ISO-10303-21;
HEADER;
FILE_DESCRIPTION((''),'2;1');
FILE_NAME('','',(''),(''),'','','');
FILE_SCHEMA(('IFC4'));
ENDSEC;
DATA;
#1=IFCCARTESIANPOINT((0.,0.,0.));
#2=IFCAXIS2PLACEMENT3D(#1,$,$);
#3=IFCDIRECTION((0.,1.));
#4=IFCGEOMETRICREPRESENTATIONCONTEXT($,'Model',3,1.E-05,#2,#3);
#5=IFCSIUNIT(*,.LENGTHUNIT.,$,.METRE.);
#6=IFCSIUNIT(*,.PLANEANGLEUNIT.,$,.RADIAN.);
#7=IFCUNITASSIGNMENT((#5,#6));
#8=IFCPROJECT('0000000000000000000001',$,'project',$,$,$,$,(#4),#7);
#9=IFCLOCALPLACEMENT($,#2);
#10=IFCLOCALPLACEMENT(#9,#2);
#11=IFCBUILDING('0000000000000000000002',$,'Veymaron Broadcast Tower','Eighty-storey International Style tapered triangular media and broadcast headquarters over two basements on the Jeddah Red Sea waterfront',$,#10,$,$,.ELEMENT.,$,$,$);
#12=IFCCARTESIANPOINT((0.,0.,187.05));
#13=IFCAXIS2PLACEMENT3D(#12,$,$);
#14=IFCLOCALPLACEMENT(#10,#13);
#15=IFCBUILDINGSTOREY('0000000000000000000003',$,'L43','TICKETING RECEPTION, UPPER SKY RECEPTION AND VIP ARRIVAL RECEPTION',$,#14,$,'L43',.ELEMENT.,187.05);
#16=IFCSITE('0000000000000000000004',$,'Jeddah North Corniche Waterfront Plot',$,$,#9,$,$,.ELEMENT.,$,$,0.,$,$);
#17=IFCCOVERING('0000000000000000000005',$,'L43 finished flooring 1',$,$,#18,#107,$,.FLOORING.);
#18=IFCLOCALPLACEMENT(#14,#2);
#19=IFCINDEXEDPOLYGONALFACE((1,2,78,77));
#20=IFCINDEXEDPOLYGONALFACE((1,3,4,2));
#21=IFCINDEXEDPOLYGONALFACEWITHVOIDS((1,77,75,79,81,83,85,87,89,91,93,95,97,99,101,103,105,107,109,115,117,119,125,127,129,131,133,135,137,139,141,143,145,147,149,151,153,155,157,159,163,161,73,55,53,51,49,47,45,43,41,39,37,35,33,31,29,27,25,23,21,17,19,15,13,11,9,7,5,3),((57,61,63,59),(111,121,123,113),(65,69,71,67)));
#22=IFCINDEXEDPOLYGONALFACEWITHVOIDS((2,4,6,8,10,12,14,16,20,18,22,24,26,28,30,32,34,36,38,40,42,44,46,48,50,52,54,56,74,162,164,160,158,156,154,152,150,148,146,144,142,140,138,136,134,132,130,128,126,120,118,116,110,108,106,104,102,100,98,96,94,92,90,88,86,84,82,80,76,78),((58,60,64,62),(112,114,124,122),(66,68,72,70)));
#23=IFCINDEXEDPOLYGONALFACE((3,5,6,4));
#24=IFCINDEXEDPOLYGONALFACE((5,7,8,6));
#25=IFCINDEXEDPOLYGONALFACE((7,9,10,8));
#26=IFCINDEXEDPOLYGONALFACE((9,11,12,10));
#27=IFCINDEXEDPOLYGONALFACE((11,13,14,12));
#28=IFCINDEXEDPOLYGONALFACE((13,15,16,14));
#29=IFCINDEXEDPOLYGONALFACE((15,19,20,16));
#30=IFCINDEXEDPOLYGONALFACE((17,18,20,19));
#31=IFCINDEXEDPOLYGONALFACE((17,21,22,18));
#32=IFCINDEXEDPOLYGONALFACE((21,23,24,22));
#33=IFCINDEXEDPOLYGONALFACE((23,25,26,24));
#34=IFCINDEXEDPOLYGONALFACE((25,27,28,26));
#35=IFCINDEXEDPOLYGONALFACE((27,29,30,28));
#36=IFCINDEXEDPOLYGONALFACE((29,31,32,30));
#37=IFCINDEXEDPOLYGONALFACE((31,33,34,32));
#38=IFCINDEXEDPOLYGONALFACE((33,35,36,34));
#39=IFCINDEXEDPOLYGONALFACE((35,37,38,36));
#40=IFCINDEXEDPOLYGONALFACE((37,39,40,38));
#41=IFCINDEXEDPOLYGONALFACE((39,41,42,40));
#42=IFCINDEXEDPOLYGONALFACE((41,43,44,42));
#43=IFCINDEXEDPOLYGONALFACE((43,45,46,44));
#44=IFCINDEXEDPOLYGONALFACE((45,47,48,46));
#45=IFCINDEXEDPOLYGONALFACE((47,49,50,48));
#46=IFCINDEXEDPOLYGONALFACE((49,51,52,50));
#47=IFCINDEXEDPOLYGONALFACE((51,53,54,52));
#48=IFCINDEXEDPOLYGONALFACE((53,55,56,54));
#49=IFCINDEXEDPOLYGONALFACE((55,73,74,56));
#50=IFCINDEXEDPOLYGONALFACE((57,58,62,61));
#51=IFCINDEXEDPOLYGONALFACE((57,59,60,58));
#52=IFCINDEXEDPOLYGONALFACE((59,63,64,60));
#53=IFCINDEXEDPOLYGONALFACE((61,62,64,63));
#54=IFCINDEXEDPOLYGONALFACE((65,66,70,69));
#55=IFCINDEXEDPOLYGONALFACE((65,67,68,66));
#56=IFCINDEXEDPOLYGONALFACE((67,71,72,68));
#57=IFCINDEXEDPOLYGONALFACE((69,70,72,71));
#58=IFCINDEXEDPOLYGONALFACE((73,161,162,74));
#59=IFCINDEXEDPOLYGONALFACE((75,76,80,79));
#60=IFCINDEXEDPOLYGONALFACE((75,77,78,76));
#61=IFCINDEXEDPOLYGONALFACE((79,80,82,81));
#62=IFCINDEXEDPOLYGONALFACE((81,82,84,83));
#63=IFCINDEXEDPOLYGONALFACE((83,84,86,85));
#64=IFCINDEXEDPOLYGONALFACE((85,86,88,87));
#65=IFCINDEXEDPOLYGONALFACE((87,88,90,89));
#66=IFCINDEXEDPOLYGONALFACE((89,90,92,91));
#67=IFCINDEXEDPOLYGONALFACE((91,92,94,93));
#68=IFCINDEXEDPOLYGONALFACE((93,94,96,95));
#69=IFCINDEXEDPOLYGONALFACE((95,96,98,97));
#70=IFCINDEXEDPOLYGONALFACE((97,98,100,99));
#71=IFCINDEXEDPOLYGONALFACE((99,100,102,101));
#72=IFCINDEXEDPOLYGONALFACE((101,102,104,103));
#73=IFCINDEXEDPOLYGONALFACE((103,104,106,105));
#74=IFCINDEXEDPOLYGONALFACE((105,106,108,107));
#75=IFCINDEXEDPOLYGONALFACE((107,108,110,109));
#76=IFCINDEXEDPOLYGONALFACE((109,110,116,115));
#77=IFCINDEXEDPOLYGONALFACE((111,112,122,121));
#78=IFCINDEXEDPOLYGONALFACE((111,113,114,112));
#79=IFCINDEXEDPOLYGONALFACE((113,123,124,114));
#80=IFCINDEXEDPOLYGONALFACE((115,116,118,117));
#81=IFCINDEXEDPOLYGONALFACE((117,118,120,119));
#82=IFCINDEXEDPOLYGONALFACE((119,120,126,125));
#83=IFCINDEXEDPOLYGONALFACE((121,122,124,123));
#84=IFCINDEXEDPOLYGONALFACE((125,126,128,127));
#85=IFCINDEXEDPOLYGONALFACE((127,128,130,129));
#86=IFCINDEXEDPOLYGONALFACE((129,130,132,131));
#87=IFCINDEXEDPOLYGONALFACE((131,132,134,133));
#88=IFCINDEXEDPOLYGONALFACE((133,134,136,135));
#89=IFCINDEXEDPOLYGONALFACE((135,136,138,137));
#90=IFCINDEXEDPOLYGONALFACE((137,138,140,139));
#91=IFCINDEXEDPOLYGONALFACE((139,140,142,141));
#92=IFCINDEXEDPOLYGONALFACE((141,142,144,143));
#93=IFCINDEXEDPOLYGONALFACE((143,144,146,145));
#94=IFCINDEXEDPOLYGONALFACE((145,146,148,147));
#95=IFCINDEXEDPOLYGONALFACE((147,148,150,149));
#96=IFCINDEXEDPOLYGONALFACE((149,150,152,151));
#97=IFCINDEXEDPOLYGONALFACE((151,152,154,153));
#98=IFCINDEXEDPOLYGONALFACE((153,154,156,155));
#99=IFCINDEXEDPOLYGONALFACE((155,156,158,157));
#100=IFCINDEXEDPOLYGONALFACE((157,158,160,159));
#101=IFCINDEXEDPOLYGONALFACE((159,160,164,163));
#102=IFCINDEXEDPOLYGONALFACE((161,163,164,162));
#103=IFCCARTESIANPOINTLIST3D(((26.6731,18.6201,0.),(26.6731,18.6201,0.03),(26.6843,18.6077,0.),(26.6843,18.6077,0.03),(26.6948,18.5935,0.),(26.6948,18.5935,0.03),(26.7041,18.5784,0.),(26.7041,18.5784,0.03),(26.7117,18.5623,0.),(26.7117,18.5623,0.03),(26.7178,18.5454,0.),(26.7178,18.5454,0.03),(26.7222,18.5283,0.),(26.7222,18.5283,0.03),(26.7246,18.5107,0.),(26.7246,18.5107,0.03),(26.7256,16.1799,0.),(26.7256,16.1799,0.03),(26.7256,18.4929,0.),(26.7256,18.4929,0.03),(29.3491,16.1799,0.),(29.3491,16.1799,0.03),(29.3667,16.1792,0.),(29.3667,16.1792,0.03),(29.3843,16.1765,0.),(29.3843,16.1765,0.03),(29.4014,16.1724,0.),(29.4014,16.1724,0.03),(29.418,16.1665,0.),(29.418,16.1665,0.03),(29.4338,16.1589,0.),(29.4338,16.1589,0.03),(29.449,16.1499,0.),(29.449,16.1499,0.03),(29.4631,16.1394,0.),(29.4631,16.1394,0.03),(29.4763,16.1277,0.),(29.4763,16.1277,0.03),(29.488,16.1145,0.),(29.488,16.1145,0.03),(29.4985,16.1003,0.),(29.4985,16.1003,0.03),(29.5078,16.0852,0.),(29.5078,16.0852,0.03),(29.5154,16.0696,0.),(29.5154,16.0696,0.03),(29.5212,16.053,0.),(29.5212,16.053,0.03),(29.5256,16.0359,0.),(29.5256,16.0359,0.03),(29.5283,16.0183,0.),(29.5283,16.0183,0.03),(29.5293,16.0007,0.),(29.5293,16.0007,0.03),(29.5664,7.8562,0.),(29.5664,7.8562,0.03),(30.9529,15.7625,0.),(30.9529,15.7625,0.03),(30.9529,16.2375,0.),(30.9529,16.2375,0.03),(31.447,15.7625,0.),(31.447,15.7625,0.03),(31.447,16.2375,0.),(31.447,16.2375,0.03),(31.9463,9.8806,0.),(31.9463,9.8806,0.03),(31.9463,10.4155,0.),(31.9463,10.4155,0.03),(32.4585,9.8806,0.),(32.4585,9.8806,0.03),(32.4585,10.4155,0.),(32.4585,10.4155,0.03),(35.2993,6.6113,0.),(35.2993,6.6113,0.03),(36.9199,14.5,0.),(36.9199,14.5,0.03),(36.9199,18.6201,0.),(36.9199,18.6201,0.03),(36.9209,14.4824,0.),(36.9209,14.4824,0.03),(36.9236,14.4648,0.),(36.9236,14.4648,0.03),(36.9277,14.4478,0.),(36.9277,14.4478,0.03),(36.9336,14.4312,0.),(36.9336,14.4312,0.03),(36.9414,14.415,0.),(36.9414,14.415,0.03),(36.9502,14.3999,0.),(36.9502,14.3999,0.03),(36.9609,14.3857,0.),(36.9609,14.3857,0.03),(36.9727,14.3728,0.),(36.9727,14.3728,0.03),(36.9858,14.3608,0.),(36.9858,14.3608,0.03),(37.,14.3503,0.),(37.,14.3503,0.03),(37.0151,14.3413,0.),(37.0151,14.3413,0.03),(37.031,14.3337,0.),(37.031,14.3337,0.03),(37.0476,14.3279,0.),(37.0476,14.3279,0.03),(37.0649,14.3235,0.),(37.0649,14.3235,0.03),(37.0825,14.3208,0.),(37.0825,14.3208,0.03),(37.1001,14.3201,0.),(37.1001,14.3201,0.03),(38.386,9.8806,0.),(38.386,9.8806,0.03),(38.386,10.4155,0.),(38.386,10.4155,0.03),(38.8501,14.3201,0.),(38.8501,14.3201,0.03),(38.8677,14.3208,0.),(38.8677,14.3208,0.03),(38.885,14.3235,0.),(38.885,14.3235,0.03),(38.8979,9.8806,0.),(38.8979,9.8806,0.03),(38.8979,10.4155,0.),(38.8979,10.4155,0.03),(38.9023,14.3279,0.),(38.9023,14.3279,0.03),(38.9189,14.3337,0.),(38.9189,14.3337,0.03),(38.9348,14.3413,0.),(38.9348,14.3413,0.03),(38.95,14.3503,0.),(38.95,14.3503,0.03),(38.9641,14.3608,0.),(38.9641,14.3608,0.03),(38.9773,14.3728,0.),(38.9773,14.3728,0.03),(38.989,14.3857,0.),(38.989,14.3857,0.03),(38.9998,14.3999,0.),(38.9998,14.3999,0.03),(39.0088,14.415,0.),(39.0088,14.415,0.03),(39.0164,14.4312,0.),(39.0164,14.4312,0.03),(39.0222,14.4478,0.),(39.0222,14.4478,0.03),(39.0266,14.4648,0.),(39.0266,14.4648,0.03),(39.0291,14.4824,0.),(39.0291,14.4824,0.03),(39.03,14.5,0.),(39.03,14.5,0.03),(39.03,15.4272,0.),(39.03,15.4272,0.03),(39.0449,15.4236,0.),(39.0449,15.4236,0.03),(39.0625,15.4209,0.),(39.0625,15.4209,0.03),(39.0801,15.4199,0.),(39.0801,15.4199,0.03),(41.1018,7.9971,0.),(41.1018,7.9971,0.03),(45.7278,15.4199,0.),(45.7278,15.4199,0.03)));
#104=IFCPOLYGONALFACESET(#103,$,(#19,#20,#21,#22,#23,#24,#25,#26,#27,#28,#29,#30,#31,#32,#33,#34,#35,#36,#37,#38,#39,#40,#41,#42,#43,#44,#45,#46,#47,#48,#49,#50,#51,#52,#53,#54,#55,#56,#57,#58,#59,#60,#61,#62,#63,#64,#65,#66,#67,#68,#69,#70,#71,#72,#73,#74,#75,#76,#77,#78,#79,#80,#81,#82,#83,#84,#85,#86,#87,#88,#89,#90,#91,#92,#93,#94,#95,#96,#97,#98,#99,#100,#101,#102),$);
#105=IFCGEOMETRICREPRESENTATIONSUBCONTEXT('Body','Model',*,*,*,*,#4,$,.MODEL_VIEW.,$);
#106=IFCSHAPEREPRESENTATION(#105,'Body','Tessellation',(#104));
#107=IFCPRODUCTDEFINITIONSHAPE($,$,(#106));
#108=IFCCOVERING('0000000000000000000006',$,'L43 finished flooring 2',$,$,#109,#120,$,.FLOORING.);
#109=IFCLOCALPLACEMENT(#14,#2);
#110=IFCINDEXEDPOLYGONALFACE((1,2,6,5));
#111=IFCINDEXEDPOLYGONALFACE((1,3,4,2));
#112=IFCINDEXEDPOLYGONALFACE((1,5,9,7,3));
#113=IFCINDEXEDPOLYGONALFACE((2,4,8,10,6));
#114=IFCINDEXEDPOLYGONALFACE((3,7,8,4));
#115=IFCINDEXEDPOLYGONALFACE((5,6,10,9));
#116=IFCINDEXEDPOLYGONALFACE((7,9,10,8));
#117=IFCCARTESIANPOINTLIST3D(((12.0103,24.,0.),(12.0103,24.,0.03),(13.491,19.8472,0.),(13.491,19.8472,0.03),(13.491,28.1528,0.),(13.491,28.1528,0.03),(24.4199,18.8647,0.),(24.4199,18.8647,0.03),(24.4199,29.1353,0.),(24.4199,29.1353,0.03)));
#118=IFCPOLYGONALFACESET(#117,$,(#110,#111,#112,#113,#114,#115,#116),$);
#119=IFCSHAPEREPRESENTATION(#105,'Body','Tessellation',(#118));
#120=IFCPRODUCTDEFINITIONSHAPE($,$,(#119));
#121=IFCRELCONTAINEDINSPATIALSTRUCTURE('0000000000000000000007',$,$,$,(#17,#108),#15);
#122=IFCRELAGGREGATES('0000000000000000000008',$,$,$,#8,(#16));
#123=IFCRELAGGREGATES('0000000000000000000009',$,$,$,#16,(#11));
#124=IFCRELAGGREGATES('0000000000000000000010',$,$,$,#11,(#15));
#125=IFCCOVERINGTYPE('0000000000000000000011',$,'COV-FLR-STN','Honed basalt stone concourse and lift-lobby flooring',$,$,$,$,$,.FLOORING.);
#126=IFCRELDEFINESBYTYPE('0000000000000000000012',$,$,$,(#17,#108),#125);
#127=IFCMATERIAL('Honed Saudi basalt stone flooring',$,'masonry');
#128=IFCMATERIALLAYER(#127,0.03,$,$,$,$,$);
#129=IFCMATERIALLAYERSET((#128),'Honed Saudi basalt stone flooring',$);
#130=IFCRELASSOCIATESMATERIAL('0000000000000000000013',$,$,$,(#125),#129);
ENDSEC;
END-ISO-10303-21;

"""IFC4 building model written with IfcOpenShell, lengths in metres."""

from ifc_helpers import new_model, si_unit, direction, frame, origin, place, context, subcontext, project, spatial, polyline, outline, extrude, material, layer, layer_set, type_object, element, save


model = new_model("IFC4")

# Units and contexts
model_context = context("Model", 3, precision=1e-05, world=origin(), true_north=direction((0.0, 1.0)))
body_context = subcontext(model_context, "Body", "Model", "MODEL_VIEW")
ifc_project = project(units=[si_unit("LENGTHUNIT", "METRE"), si_unit("PLANEANGLEUNIT", "RADIAN")], contexts=[model_context])

# Site, building, storey
site_placement = place(None, origin())
site = spatial("IfcSite", under=ifc_project, at=site_placement, Name="Jeddah North Corniche Waterfront Plot", CompositionType="ELEMENT", RefElevation=0.0)
building_placement = place(site_placement, origin())
building = spatial("IfcBuilding", under=site, at=building_placement, Name="Veymaron Broadcast Tower", Description="Eighty-storey International Style tapered triangular media and broadcast headquarters over two basements on the Jeddah Red Sea waterfront", CompositionType="ELEMENT")
storey_placement = place(building_placement, frame((0.0, 0.0, 187.05)))
storey = spatial("IfcBuildingStorey", under=building, at=storey_placement, Name="L43", Description="TICKETING RECEPTION, UPPER SKY RECEPTION AND VIP ARRIVAL RECEPTION", LongName="L43", CompositionType="ELEMENT", Elevation=187.05)

# Coverings
ifc_material_1 = material(Name="Honed Saudi basalt stone flooring", Category="masonry")
ifc_layer_1 = layer(ifc_material_1, 0.03)
ifc_layer_set_1 = layer_set([ifc_layer_1], Name="Honed Saudi basalt stone flooring")
covering_type_1 = type_object("IfcCoveringType", Name="COV-FLR-STN", Description="Honed basalt stone concourse and lift-lobby flooring", PredefinedType="FLOORING", material=ifc_layer_set_1)
covering_1_placement = place(storey_placement, origin())
element("IfcCovering", 1, at=covering_1_placement, inside=storey, type_object=covering_type_1, Name="L43 finished flooring 1", PredefinedType="FLOORING", context=body_context, shape_type="SweptSolid", body=[
    extrude(outline(polyline([(37.0476, 14.3279), (37.0649, 14.3235), (37.0825, 14.3208), (37.1001, 14.3201), (38.8501, 14.3201), (38.8677, 14.3208), (38.885, 14.3235), (38.9023, 14.3279), (38.9189, 14.3337), (38.9348, 14.3413), (38.95, 14.3503), (38.9641, 14.3608), (38.9773, 14.3728), (38.989, 14.3857), (38.9998, 14.3999), (39.0088, 14.415), (39.0164, 14.4312), (39.0222, 14.4478), (39.0266, 14.4648), (39.0291, 14.4824), (39.03, 14.5), (39.03, 15.4272), (39.0449, 15.4236), (39.0625, 15.4209), (39.0801, 15.4199), (45.7278, 15.4199), (41.1018, 7.9971), (35.2993, 6.6113), (29.5664, 7.8562), (29.5293, 16.0007), (29.5283, 16.0183), (29.5256, 16.0359), (29.5212, 16.053), (29.5154, 16.0696), (29.5078, 16.0852), (29.4985, 16.1003), (29.488, 16.1145), (29.4763, 16.1277), (29.4631, 16.1394), (29.449, 16.1499), (29.4338, 16.1589), (29.418, 16.1665), (29.4014, 16.1724), (29.3843, 16.1765), (29.3667, 16.1792), (29.3491, 16.1799), (26.7256, 16.1799), (26.7256, 18.4929), (26.7246, 18.5107), (26.7222, 18.5283), (26.7178, 18.5454), (26.7117, 18.5623), (26.7041, 18.5784), (26.6948, 18.5935), (26.6843, 18.6077), (26.6731, 18.6201), (36.9199, 18.6201), (36.9199, 14.5), (36.9209, 14.4824), (36.9236, 14.4648), (36.9277, 14.4478), (36.9336, 14.4312), (36.9414, 14.415), (36.9502, 14.3999), (36.9609, 14.3857), (36.9727, 14.3728), (36.9858, 14.3608), (37.0, 14.3503), (37.0151, 14.3413), (37.031, 14.3337), (37.0476, 14.3279)]), holes=[polyline([(38.8979, 10.4155), (38.386, 10.4155), (38.386, 9.8806), (38.8979, 9.8806), (38.8979, 10.4155)]), polyline([(31.9463, 10.4155), (31.9463, 9.8806), (32.4585, 9.8806), (32.4585, 10.4155), (31.9463, 10.4155)]), polyline([(30.9529, 16.2375), (30.9529, 15.7625), (31.447, 15.7625), (31.447, 16.2375), (30.9529, 16.2375)])]), origin(), (0.0, 0.0, 1.0), 0.03),
])
covering_2_placement = place(storey_placement, origin())
element("IfcCovering", 2, at=covering_2_placement, inside=storey, type_object=covering_type_1, Name="L43 finished flooring 2", PredefinedType="FLOORING", context=body_context, shape_type="SweptSolid", body=[
    extrude(outline(polyline([(13.491, 19.8472), (12.0103, 24.0), (13.491, 28.1528), (24.4199, 29.1353), (24.4199, 18.8647), (13.491, 19.8472)])), origin(), (0.0, 0.0, 1.0), 0.03),
])

save(model, "model.ifc")
